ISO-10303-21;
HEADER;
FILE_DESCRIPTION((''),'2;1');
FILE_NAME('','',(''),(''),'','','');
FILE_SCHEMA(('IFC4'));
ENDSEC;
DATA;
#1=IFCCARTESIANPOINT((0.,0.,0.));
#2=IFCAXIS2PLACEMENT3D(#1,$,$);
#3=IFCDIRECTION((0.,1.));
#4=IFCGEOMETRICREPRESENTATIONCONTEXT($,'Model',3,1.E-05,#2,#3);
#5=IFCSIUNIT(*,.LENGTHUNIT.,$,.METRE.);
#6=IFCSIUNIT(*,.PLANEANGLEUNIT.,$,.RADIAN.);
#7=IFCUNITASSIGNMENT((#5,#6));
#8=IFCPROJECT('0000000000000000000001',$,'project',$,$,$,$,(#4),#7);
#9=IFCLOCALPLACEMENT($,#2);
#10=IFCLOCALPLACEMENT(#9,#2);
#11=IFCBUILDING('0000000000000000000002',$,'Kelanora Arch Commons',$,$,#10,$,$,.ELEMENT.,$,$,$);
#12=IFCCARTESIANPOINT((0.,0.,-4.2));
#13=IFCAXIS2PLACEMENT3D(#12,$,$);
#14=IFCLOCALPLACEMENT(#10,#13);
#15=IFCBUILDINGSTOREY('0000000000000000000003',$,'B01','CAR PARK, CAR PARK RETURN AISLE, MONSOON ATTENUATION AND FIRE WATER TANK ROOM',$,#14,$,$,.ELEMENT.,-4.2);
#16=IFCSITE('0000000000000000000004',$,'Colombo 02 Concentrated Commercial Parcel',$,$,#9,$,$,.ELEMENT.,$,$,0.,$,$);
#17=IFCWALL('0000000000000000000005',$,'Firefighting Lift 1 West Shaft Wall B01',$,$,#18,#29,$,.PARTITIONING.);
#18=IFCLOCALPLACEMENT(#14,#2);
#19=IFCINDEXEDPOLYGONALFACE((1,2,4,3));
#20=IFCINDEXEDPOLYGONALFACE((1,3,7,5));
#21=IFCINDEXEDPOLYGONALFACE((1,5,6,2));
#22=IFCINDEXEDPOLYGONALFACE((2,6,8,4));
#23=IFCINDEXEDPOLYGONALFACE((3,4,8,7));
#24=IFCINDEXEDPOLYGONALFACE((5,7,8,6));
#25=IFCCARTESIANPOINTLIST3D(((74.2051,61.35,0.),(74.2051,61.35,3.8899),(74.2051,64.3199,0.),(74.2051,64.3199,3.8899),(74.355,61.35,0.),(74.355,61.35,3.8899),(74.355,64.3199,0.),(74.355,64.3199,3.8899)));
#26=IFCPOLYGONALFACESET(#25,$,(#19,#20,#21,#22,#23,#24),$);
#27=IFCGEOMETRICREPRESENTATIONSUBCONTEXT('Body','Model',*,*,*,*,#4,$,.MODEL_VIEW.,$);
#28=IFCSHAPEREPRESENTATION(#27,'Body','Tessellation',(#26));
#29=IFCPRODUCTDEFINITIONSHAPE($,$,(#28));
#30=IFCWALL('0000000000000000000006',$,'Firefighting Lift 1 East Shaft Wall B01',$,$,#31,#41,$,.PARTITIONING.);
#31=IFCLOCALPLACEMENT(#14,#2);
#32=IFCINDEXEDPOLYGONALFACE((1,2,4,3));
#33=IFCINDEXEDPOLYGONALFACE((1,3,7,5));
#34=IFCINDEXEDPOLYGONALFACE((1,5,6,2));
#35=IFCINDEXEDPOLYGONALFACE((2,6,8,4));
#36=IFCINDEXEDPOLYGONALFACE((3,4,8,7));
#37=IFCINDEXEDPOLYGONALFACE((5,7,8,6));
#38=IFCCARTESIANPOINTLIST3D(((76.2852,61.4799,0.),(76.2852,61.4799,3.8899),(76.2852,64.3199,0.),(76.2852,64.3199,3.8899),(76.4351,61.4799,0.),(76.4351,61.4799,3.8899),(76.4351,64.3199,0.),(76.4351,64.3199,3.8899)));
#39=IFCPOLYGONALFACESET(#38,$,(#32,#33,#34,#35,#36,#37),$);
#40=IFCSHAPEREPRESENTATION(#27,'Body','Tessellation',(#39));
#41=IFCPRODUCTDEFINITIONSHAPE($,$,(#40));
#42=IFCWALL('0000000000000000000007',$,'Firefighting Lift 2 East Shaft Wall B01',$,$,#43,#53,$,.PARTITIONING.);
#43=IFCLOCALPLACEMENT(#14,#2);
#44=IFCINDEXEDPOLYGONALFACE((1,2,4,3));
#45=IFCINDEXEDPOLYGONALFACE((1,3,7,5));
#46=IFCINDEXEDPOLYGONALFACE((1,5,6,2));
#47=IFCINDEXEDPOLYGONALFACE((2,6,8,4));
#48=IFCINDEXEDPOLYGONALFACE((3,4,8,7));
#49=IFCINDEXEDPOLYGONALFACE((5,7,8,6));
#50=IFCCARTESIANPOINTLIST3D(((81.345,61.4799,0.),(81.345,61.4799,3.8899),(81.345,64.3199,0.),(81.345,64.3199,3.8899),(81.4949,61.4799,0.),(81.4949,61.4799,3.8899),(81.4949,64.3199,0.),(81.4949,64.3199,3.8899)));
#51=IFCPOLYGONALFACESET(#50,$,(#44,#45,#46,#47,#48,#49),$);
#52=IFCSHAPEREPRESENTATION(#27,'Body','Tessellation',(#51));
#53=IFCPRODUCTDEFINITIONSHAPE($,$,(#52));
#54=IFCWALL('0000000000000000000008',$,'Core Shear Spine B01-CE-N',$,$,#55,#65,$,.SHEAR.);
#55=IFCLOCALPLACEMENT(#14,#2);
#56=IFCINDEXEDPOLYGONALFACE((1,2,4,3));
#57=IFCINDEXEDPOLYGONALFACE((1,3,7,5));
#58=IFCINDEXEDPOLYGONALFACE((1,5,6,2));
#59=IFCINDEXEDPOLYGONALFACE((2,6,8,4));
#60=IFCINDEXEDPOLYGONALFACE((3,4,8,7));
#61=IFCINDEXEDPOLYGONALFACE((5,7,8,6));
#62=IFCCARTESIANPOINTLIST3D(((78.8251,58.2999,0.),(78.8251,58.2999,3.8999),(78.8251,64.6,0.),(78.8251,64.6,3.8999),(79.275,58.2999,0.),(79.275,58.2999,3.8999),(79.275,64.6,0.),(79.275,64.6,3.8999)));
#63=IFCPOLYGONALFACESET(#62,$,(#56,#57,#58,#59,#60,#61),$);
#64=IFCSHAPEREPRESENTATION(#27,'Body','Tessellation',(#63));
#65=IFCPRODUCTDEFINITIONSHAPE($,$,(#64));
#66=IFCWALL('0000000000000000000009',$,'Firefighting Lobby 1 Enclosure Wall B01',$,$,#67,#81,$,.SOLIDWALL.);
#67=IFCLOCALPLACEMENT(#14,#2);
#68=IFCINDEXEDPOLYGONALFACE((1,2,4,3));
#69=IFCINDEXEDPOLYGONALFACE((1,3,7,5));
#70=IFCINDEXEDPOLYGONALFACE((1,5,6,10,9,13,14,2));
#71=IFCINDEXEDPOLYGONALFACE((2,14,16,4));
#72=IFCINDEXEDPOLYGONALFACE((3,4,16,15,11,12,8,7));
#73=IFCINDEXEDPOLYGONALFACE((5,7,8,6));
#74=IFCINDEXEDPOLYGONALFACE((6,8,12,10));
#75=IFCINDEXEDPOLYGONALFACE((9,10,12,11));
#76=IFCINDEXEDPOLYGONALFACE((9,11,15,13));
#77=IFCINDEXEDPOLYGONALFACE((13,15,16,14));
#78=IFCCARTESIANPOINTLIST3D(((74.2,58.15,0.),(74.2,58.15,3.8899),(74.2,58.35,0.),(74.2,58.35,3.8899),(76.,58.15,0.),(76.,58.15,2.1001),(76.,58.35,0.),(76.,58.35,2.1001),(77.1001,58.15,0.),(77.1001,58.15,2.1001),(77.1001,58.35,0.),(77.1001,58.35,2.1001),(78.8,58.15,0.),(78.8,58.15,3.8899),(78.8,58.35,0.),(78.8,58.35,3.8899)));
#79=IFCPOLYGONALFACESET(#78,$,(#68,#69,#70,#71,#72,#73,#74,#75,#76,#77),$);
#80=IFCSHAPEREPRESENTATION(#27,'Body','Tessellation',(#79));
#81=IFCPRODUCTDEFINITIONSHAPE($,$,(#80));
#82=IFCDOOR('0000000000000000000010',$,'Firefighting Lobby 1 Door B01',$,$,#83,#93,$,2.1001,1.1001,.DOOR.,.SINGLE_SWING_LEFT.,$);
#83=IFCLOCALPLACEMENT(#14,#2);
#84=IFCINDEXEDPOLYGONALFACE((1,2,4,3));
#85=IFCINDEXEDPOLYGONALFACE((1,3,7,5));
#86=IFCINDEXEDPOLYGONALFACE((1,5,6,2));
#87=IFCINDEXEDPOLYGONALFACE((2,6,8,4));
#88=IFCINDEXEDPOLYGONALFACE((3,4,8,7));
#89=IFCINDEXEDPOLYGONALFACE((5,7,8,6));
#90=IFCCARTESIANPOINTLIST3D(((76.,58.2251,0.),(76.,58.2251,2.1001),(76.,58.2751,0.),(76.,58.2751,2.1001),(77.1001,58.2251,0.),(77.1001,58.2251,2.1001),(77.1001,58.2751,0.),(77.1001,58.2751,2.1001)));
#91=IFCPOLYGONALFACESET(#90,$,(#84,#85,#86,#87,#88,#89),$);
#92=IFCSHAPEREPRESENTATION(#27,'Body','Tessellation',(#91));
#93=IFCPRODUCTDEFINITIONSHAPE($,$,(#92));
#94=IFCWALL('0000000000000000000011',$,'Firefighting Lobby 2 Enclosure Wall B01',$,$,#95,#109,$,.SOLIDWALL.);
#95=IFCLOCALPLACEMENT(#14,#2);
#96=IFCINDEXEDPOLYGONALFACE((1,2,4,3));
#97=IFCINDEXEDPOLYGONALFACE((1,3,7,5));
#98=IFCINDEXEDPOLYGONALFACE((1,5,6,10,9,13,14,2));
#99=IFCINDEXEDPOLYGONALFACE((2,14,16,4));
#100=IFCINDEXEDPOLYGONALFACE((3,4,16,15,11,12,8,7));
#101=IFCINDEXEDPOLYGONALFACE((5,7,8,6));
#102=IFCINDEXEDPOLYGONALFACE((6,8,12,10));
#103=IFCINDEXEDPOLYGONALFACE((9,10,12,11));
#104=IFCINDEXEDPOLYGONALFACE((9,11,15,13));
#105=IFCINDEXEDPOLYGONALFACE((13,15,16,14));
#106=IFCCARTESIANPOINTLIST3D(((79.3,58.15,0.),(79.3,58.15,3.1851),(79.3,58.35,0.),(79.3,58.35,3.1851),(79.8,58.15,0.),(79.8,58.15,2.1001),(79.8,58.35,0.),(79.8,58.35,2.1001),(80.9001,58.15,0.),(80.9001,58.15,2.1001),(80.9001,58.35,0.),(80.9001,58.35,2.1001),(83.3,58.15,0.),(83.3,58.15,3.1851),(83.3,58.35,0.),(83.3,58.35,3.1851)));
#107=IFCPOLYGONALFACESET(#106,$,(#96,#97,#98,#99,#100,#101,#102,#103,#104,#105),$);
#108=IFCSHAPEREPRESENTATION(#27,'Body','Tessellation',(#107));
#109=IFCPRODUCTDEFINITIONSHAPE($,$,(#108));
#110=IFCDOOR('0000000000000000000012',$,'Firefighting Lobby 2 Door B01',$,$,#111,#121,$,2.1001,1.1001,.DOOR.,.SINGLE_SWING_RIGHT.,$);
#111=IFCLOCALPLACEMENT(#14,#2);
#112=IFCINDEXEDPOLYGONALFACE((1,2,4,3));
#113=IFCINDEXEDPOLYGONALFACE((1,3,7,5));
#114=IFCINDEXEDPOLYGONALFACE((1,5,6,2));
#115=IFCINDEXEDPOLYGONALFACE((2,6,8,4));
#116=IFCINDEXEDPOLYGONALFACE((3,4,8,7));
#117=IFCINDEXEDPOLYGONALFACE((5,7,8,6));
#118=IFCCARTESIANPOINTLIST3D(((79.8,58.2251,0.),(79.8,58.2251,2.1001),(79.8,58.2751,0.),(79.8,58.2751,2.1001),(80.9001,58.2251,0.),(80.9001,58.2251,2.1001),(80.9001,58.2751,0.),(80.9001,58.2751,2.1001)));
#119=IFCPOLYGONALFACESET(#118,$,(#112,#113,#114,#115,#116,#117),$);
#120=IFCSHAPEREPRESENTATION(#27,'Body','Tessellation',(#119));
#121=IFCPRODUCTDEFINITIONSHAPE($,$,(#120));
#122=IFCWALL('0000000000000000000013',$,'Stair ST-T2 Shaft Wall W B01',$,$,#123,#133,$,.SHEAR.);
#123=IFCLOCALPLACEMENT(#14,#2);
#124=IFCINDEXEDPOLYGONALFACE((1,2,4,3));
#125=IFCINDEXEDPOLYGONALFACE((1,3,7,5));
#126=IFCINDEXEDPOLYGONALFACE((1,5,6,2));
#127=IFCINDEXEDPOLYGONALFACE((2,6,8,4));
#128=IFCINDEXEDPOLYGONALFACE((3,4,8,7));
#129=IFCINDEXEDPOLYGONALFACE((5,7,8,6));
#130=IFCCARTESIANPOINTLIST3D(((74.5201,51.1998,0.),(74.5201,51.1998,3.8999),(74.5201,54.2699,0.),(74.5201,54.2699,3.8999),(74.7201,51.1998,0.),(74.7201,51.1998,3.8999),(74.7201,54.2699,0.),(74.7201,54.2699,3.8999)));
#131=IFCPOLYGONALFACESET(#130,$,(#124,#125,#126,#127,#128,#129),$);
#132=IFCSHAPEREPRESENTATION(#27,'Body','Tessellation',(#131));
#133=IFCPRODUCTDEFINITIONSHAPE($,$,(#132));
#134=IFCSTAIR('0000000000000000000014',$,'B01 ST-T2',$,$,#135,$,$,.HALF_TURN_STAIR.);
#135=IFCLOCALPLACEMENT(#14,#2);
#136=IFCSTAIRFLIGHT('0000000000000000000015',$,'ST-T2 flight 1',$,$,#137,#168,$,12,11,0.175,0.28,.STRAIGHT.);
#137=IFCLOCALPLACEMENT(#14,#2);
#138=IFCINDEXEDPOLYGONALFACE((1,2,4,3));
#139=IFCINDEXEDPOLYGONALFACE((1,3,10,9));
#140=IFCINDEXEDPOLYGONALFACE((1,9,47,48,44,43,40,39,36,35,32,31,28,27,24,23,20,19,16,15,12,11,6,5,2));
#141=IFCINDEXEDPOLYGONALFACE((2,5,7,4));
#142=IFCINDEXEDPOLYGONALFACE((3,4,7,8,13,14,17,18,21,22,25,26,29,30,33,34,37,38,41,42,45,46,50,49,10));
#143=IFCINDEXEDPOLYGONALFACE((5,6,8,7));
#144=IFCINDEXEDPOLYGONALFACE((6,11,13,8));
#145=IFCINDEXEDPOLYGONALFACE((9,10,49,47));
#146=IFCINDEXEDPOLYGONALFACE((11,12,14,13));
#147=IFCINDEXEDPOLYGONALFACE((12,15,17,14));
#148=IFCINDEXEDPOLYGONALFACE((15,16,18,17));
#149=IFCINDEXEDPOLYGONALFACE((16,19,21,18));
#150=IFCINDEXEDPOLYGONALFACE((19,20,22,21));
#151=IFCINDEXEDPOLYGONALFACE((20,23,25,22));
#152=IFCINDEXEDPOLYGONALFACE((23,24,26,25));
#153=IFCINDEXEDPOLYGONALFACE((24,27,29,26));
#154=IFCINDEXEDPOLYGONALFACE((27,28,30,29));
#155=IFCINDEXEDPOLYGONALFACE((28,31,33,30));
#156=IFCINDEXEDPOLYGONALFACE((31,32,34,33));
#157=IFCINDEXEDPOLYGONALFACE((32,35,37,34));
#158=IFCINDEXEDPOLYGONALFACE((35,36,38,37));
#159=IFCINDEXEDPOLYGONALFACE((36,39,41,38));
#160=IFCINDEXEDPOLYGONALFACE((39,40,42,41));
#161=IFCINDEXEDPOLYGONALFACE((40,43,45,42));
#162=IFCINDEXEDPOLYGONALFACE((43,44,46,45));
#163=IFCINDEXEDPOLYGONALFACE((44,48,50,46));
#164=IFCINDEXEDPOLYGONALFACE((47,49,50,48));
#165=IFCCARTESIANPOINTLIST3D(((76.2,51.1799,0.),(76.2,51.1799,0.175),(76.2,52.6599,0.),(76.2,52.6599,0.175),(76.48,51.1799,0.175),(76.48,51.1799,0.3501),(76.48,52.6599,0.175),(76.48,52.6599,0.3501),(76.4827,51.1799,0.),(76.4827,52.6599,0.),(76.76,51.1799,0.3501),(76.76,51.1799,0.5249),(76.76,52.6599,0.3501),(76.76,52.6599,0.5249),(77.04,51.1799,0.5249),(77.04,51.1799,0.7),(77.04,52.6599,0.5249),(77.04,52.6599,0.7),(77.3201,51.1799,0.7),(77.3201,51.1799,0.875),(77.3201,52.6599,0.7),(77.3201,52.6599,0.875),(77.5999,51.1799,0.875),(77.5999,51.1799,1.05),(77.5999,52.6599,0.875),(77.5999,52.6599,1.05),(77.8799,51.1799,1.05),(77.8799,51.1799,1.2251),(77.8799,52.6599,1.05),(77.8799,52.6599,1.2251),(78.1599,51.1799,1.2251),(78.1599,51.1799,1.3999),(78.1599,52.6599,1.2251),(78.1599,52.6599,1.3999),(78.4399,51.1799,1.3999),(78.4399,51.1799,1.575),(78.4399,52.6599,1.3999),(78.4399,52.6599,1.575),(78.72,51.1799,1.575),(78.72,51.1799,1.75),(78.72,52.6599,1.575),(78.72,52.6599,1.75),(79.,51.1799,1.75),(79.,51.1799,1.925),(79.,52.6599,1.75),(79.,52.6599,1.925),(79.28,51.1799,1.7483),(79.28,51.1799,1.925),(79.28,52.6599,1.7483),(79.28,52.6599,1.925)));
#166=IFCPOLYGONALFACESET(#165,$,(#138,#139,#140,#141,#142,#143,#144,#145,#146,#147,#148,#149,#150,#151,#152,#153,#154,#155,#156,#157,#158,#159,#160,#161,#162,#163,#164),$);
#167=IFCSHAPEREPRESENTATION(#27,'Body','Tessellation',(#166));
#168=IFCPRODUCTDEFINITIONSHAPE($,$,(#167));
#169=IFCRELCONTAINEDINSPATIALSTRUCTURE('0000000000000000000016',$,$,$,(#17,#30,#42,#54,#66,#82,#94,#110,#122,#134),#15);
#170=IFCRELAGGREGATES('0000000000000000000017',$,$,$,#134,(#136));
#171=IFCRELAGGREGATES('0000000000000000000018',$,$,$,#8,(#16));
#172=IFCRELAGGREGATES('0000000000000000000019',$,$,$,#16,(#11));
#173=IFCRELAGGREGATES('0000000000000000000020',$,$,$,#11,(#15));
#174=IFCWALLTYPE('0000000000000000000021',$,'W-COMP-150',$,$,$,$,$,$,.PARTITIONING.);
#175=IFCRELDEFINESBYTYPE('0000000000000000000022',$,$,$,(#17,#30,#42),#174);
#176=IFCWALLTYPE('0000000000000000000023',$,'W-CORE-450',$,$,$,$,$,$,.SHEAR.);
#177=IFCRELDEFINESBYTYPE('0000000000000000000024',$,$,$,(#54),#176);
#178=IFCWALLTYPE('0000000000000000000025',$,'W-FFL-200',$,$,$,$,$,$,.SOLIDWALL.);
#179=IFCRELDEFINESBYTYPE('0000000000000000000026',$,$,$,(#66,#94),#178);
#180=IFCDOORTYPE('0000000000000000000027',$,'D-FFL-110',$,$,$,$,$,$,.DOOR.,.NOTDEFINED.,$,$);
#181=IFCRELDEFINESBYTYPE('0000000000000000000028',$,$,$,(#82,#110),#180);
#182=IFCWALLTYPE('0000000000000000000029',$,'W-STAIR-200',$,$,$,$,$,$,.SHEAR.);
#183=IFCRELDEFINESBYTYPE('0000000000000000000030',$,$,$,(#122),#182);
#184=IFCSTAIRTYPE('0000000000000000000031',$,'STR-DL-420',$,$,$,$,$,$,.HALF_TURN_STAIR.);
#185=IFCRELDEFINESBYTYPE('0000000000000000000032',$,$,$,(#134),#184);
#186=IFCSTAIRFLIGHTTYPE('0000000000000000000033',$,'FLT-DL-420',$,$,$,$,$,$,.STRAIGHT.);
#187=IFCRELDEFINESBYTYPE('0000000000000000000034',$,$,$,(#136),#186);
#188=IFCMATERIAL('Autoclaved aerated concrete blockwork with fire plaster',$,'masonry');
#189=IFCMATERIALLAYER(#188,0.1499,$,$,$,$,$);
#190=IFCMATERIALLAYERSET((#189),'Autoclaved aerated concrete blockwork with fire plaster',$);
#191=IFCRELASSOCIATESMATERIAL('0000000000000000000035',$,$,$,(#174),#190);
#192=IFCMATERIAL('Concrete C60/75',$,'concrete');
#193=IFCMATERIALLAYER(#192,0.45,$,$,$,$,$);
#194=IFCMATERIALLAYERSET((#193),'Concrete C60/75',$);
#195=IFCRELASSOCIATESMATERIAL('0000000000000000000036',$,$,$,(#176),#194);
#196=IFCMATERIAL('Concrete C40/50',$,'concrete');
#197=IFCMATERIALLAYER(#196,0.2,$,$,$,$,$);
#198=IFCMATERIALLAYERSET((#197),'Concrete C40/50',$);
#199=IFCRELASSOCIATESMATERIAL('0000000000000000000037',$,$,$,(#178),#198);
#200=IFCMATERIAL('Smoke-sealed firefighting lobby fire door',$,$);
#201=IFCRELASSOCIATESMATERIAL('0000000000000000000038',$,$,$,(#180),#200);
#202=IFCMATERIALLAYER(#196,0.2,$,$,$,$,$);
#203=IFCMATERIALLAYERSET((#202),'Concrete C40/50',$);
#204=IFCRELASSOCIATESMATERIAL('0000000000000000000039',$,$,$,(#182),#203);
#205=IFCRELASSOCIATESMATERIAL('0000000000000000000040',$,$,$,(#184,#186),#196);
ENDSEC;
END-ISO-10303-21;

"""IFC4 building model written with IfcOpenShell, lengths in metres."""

from ifc_helpers import new_model, si_unit, direction, frame, frame_2d, origin, place, context, subcontext, project, spatial, polyline, rectangle, outline, extrude, material, layer, layer_set, type_object, element, fill, aggregate, save


model = new_model("IFC4")

# Units and contexts
model_context = context("Model", 3, precision=1e-05, world=origin(), true_north=direction((0.0, 1.0)))
body_context = subcontext(model_context, "Body", "Model", "MODEL_VIEW")
ifc_project = project(units=[si_unit("LENGTHUNIT", "METRE"), si_unit("PLANEANGLEUNIT", "RADIAN")], contexts=[model_context])

# Site, building, storey
site_placement = place(None, origin())
site = spatial("IfcSite", under=ifc_project, at=site_placement, Name="Colombo 02 Concentrated Commercial Parcel", CompositionType="ELEMENT", RefElevation=0.0)
building_placement = place(site_placement, origin())
building = spatial("IfcBuilding", under=site, at=building_placement, Name="Kelanora Arch Commons", CompositionType="ELEMENT")
storey_placement = place(building_placement, frame((0.0, 0.0, -4.2)))
storey = spatial("IfcBuildingStorey", under=building, at=storey_placement, Name="B01", Description="CAR PARK, CAR PARK RETURN AISLE, MONSOON ATTENUATION AND FIRE WATER TANK ROOM", CompositionType="ELEMENT", Elevation=-4.2)

# Walls
ifc_material_1 = material(Name="Autoclaved aerated concrete blockwork with fire plaster", Category="masonry")
ifc_layer_1 = layer(ifc_material_1, 0.1499)
ifc_layer_set_1 = layer_set([ifc_layer_1], Name="Autoclaved aerated concrete blockwork with fire plaster")
wall_type_1 = type_object("IfcWallType", Name="W-COMP-150", PredefinedType="PARTITIONING", material=ifc_layer_set_1)
wall_1_placement = place(storey_placement, frame((74.28, 61.3501, 0.0), z_axis=(0.0, 0.0, 1.0), x_axis=(0.0, 1.0, 0.0)))
element("IfcWall", 1, at=wall_1_placement, inside=storey, type_object=wall_type_1, Name="Firefighting Lift 1 West Shaft Wall B01", PredefinedType="PARTITIONING", context=body_context, shape_type="SweptSolid", body=[
    extrude(rectangle(XDim=2.97, YDim=0.1499, at=frame_2d((1.4849, 0.0))), origin(), (0.0, 0.0, 1.0), 3.8899),
])
for number, where, z_axis, x_axis, name in (
    (2, (76.3601, 61.48, 0.0), (0.0, 0.0, 1.0), (0.0, 1.0, 0.0), "Firefighting Lift 1 East Shaft Wall B01"),
    (3, (81.4199, 61.48, 0.0), (0.0, 0.0, 1.0), (0.0, 1.0, 0.0), "Firefighting Lift 2 East Shaft Wall B01"),
):
    element("IfcWall", number, at=place(storey_placement, frame(where, z_axis=z_axis, x_axis=x_axis)), inside=storey, type_object=wall_type_1, Name=name, PredefinedType="PARTITIONING", context=body_context, shape_type="SweptSolid", body=[
        extrude(rectangle(XDim=2.8401, YDim=0.1499, at=frame_2d((1.4199, 0.0))), origin(), (0.0, 0.0, 1.0), 3.8899),
    ])
ifc_material_2 = material(Name="Concrete C60/75", Category="concrete")
ifc_layer_2 = layer(ifc_material_2, 0.45)
ifc_layer_set_2 = layer_set([ifc_layer_2], Name="Concrete C60/75")
wall_type_2 = type_object("IfcWallType", Name="W-CORE-450", PredefinedType="SHEAR", material=ifc_layer_set_2)
wall_2_placement = place(storey_placement, frame((79.05, 58.3, 0.0), z_axis=(0.0, 0.0, 1.0), x_axis=(0.0, 1.0, 0.0)))
element("IfcWall", 4, at=wall_2_placement, inside=storey, type_object=wall_type_2, Name="Core Shear Spine B01-CE-N", PredefinedType="SHEAR", context=body_context, shape_type="SweptSolid", body=[
    extrude(rectangle(XDim=6.3, YDim=0.45, at=frame_2d((3.1499, 0.0))), origin(), (0.0, 0.0, 1.0), 3.8999),
])

# Walls, openings, doors
ifc_material_3 = material(Name="Concrete C40/50", Category="concrete")
ifc_layer_3 = layer(ifc_material_3, 0.2)
ifc_layer_set_3 = layer_set([ifc_layer_3], Name="Concrete C40/50")
wall_type_3 = type_object("IfcWallType", Name="W-FFL-200", PredefinedType="SOLIDWALL", material=ifc_layer_set_3)
wall_3_placement = place(storey_placement, frame((74.2, 58.25, 0.0), z_axis=(0.0, 0.0, 1.0), x_axis=(1.0, 0.0, 0.0)))
wall_3 = element("IfcWall", 5, at=wall_3_placement, inside=storey, type_object=wall_type_3, Name="Firefighting Lobby 1 Enclosure Wall B01", PredefinedType="SOLIDWALL", context=body_context, shape_type="SweptSolid", body=[
    extrude(rectangle(XDim=4.6001, YDim=0.2, at=frame_2d((2.3, 0.0))), origin(), (0.0, 0.0, 1.0), 3.8899),
])
opening_1_placement = place(wall_3_placement, frame((1.8, 0.0, 0.0)))
opening_1 = element("IfcOpeningElement", 6, at=opening_1_placement, cuts=wall_3, PredefinedType="OPENING", context=body_context, shape_type="SweptSolid", body=[
    extrude(rectangle(XDim=1.1001, YDim=2.1001, at=frame_2d((0.55, 1.05))), frame((0.0, 0.1099, 0.0), z_axis=(0.0, -1.0, 0.0), x_axis=(1.0, 0.0, 0.0)), (0.0, 0.0, 1.0), 0.22),
])
ifc_material_4 = material(Name="Smoke-sealed firefighting lobby fire door")
door_type_1 = type_object("IfcDoorType", Name="D-FFL-110", OperationType="NOTDEFINED", PredefinedType="DOOR", material=ifc_material_4)
door_1_placement = place(opening_1_placement, frame((1.1001, 0.0, 0.0), z_axis=(0.0, 0.0, 1.0), x_axis=(-1.0, 0.0, 0.0)))
door_1 = element("IfcDoor", 7, at=door_1_placement, inside=storey, type_object=door_type_1, Name="Firefighting Lobby 1 Door B01", OperationType="SINGLE_SWING_LEFT", OverallHeight=2.1001, OverallWidth=1.1001, PredefinedType="DOOR", context=body_context, shape_type="SweptSolid", body=[
    extrude(rectangle(XDim=1.1001, YDim=2.1001, at=frame_2d((0.55, 1.05))), frame((0.0, 0.0249, 0.0), z_axis=(0.0, -1.0, 0.0), x_axis=(1.0, 0.0, 0.0)), (0.0, 0.0, 1.0), 0.05),
])
fill(opening_1, door_1)
wall_4_placement = place(storey_placement, frame((79.3, 58.25, 0.0), z_axis=(0.0, 0.0, 1.0), x_axis=(1.0, 0.0, 0.0)))
wall_4 = element("IfcWall", 8, at=wall_4_placement, inside=storey, type_object=wall_type_3, Name="Firefighting Lobby 2 Enclosure Wall B01", PredefinedType="SOLIDWALL", context=body_context, shape_type="SweptSolid", body=[
    extrude(rectangle(XDim=4.0, YDim=0.2, at=frame_2d((2.0, 0.0))), origin(), (0.0, 0.0, 1.0), 3.1851),
])
opening_2_placement = place(wall_4_placement, frame((0.5, 0.0, 0.0)))
opening_2 = element("IfcOpeningElement", 9, at=opening_2_placement, cuts=wall_4, PredefinedType="OPENING", context=body_context, shape_type="SweptSolid", body=[
    extrude(rectangle(XDim=1.1001, YDim=2.1001, at=frame_2d((0.55, 1.05))), frame((0.0, 0.1099, 0.0), z_axis=(0.0, -1.0, 0.0), x_axis=(1.0, 0.0, 0.0)), (0.0, 0.0, 1.0), 0.22),
])
door_2_placement = place(opening_2_placement, frame((1.1001, 0.0, 0.0), z_axis=(0.0, 0.0, 1.0), x_axis=(-1.0, 0.0, 0.0)))
door_2 = element("IfcDoor", 10, at=door_2_placement, inside=storey, type_object=door_type_1, Name="Firefighting Lobby 2 Door B01", OperationType="SINGLE_SWING_RIGHT", OverallHeight=2.1001, OverallWidth=1.1001, PredefinedType="DOOR", context=body_context, shape_type="SweptSolid", body=[
    extrude(rectangle(XDim=1.1001, YDim=2.1001, at=frame_2d((0.55, 1.05))), frame((0.0, 0.0249, 0.0), z_axis=(0.0, -1.0, 0.0), x_axis=(1.0, 0.0, 0.0)), (0.0, 0.0, 1.0), 0.05),
])
fill(opening_2, door_2)

# Wall
ifc_layer_4 = layer(ifc_material_3, 0.2)
ifc_layer_set_4 = layer_set([ifc_layer_4], Name="Concrete C40/50")
wall_type_4 = type_object("IfcWallType", Name="W-STAIR-200", PredefinedType="SHEAR", material=ifc_layer_set_4)
wall_5_placement = place(storey_placement, frame((74.6201, 54.27, 0.0), z_axis=(0.0, 0.0, 1.0), x_axis=(0.0, -1.0, 0.0)))
element("IfcWall", 11, at=wall_5_placement, inside=storey, type_object=wall_type_4, Name="Stair ST-T2 Shaft Wall W B01", PredefinedType="SHEAR", context=body_context, shape_type="SweptSolid", body=[
    extrude(rectangle(XDim=3.0701, YDim=0.2, at=frame_2d((1.5352, 0.0))), origin(), (0.0, 0.0, 1.0), 3.8999),
])

# Stair, stair flight
stair_type = type_object("IfcStairType", Name="STR-DL-420", PredefinedType="HALF_TURN_STAIR", material=ifc_material_3)
stair_placement = place(storey_placement, origin())
stair = element("IfcStair", 12, at=stair_placement, inside=storey, type_object=stair_type, Name="B01 ST-T2", PredefinedType="HALF_TURN_STAIR")
stair_flight_type = type_object("IfcStairFlightType", Name="FLT-DL-420", PredefinedType="STRAIGHT", material=ifc_material_3)
stair_flight_1_placement = place(storey_placement, frame((76.2, 51.9199, 0.0), z_axis=(0.0, 0.0, 1.0), x_axis=(1.0, 0.0, 0.0)))
stair_flight_1 = element("IfcStairFlight", 13, at=stair_flight_1_placement, type_object=stair_flight_type, Name="ST-T2 flight 1", NumberOfRisers=12, NumberOfTreads=11, PredefinedType="STRAIGHT", RiserHeight=0.175, TreadLength=0.28, context=body_context, shape_type="SweptSolid", body=[
    extrude(outline(polyline([(0.0, 0.0), (0.0, 0.175), (0.28, 0.175), (0.28, 0.3501), (0.5601, 0.3501), (0.5601, 0.5249), (0.8401, 0.5249), (0.8401, 0.7), (1.1201, 0.7), (1.1201, 0.875), (1.3999, 0.875), (1.3999, 1.05), (1.6799, 1.05), (1.6799, 1.2251), (1.96, 1.2251), (1.96, 1.3999), (2.24, 1.3999), (2.24, 1.575), (2.52, 1.575), (2.52, 1.75), (2.8, 1.75), (2.8, 1.925), (3.0801, 1.925), (3.0801, 2.1001), (3.0801, 1.7483), (0.2827, 0.0), (0.0, 0.0)])), frame((0.0, 0.74, 0.0), z_axis=(0.0, -1.0, 0.0), x_axis=(1.0, 0.0, 0.0)), (0.0, 0.0, 1.0), 1.48),
])
aggregate(stair, [stair_flight_1])

save(model, "model.ifc")
